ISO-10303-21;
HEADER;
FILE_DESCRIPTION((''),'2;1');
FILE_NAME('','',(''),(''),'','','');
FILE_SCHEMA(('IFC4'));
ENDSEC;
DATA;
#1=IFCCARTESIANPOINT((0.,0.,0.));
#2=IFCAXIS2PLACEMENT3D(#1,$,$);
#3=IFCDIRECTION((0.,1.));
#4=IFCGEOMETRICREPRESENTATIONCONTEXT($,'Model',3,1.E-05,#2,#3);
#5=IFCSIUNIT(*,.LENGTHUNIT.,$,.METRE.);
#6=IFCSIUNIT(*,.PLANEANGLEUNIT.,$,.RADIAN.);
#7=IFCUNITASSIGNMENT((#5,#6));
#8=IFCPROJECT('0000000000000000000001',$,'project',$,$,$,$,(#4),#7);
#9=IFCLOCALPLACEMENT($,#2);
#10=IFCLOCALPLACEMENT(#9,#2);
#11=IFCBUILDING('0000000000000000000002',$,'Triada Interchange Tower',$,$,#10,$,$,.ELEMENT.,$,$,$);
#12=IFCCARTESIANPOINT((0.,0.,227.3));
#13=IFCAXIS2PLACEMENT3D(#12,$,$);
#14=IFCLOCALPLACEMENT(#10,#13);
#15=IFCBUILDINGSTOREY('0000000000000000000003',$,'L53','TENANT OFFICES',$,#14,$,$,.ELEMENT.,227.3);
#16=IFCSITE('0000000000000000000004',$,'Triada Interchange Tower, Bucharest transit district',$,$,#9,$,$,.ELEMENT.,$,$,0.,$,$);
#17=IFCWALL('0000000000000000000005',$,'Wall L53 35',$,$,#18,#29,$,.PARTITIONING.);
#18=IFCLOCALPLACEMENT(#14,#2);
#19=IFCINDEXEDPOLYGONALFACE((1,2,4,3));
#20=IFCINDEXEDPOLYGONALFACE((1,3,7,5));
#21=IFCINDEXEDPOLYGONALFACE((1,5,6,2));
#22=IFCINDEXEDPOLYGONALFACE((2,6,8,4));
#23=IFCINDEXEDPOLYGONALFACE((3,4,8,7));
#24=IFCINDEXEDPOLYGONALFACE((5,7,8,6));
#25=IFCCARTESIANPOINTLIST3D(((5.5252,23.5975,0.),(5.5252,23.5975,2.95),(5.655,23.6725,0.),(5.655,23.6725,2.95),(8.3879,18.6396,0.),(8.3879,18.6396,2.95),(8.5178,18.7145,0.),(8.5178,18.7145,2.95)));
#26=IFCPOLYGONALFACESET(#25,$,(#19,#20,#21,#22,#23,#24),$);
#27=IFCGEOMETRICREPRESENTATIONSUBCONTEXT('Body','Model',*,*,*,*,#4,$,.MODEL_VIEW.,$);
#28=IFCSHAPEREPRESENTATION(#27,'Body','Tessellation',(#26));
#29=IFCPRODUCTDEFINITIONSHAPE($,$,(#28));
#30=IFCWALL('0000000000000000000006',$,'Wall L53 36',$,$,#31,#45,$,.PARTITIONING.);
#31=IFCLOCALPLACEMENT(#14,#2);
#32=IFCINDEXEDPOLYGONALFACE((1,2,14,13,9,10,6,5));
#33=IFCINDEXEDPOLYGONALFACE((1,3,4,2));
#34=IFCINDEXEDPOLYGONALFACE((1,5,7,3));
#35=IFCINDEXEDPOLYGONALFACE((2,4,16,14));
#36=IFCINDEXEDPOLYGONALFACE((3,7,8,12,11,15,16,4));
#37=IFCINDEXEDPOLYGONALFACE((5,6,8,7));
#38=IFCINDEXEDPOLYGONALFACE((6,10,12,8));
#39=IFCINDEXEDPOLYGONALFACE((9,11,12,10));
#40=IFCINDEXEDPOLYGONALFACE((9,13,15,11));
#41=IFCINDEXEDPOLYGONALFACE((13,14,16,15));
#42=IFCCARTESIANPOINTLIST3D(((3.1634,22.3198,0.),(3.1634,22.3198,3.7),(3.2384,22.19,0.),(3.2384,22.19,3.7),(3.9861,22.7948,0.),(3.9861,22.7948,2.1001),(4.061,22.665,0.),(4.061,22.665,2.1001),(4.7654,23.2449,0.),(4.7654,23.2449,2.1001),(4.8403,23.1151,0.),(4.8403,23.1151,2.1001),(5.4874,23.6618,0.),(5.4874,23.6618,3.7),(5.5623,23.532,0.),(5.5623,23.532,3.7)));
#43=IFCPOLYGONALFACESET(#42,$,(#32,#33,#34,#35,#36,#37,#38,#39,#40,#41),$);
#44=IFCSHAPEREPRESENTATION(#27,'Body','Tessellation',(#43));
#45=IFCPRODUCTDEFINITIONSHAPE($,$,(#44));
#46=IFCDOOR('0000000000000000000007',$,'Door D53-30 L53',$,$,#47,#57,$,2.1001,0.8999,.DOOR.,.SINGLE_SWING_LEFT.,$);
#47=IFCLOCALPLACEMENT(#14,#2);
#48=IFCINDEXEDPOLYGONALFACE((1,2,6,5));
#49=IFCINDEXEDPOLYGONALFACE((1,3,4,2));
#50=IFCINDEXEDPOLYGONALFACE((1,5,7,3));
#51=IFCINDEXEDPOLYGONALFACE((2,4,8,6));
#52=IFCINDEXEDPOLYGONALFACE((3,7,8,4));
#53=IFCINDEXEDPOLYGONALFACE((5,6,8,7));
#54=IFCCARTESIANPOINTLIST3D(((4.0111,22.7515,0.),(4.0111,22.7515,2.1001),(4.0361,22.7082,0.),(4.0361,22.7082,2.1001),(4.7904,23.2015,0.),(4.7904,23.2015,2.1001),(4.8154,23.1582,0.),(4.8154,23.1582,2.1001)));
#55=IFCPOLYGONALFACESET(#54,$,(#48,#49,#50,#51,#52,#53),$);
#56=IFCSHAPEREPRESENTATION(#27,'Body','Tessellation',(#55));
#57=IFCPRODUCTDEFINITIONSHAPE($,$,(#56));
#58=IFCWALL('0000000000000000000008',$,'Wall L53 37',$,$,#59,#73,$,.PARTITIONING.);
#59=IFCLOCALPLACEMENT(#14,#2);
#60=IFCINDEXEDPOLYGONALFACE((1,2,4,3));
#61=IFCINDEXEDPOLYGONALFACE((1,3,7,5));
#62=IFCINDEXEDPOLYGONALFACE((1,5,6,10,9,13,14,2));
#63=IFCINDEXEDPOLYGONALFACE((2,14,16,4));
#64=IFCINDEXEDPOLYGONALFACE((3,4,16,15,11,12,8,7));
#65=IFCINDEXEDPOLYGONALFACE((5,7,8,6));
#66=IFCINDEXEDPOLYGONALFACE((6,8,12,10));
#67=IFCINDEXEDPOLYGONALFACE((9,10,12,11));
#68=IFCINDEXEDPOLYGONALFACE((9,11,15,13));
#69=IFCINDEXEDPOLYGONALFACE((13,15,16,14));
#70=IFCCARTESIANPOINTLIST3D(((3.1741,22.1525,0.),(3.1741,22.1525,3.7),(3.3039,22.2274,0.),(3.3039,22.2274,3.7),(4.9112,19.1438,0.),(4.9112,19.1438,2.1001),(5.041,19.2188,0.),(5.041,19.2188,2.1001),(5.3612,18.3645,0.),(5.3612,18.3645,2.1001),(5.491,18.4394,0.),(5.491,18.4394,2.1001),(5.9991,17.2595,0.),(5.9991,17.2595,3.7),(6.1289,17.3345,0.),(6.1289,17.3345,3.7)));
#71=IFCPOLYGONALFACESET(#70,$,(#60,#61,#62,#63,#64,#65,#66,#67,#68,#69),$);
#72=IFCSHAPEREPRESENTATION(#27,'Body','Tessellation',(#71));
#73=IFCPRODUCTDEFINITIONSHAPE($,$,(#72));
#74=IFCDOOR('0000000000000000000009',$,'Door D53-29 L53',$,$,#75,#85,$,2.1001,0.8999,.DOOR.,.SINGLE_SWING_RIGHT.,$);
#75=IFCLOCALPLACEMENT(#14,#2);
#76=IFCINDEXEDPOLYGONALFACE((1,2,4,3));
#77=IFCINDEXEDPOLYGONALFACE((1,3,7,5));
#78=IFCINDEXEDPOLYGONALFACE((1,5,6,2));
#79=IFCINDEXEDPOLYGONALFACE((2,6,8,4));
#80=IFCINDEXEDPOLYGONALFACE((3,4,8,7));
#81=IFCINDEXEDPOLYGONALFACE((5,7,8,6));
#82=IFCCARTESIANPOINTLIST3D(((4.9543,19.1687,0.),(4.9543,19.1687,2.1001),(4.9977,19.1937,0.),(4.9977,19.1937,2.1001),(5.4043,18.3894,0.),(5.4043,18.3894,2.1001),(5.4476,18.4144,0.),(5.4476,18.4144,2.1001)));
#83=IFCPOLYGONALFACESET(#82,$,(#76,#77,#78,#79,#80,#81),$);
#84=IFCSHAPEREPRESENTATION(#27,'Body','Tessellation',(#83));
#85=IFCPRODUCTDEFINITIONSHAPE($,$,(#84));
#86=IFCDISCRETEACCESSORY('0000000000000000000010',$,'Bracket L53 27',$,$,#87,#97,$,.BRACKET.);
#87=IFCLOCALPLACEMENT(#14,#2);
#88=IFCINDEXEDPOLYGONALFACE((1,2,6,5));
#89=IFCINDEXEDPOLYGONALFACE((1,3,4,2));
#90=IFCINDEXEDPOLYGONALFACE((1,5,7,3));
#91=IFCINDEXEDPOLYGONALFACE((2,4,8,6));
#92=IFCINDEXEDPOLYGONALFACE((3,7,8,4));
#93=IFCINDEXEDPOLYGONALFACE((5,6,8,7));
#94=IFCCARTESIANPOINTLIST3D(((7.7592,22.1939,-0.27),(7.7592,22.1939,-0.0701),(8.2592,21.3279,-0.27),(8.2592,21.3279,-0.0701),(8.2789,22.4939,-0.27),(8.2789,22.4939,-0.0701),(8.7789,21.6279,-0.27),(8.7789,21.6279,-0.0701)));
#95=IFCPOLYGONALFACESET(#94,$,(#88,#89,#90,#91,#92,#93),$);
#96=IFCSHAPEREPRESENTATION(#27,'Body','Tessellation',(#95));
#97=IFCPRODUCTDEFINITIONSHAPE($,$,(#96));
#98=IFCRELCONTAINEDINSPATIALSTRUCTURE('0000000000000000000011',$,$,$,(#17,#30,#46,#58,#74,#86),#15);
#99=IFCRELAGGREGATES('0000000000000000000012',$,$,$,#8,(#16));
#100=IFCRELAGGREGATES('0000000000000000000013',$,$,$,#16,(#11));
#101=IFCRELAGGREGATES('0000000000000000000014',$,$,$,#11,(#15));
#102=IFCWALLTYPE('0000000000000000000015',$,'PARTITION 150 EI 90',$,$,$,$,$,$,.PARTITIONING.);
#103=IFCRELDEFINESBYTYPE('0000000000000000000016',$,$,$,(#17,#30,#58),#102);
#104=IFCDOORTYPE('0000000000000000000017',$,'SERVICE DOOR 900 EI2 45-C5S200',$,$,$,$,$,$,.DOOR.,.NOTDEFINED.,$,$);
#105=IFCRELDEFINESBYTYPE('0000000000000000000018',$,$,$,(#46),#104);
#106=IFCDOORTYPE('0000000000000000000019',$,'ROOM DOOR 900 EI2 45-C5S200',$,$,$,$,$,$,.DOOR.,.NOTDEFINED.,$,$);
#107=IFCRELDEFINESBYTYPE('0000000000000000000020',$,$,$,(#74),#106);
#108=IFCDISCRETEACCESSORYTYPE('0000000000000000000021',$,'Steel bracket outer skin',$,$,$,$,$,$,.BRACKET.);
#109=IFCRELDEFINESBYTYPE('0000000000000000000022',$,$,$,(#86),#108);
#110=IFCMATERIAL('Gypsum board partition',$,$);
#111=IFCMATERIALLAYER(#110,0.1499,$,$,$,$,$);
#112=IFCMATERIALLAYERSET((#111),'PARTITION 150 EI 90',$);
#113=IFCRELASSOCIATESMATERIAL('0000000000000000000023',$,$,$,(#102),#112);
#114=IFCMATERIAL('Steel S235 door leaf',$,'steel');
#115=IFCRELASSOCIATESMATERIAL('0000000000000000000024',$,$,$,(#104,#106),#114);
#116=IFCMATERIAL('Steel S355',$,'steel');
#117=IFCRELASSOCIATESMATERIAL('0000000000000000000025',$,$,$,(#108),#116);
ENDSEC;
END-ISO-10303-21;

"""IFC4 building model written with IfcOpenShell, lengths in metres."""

from ifc_helpers import new_model, si_unit, direction, frame, frame_2d, origin, origin_2d, place, context, subcontext, project, spatial, rectangle, extrude, material, layer, layer_set, type_object, element, fill, save


model = new_model("IFC4")

# Units and contexts
model_context = context("Model", 3, precision=1e-05, world=origin(), true_north=direction((0.0, 1.0)))
body_context = subcontext(model_context, "Body", "Model", "MODEL_VIEW")
ifc_project = project(units=[si_unit("LENGTHUNIT", "METRE"), si_unit("PLANEANGLEUNIT", "RADIAN")], contexts=[model_context])

# Site, building, storey
site_placement = place(None, origin())
site = spatial("IfcSite", under=ifc_project, at=site_placement, Name="Triada Interchange Tower, Bucharest transit district", CompositionType="ELEMENT", RefElevation=0.0)
building_placement = place(site_placement, origin())
building = spatial("IfcBuilding", under=site, at=building_placement, Name="Triada Interchange Tower", CompositionType="ELEMENT")
storey_placement = place(building_placement, frame((0.0, 0.0, 227.3)))
storey = spatial("IfcBuildingStorey", under=building, at=storey_placement, Name="L53", Description="TENANT OFFICES", CompositionType="ELEMENT", Elevation=227.3)

# Shared definitions
ifc_material_1 = material(Name="Gypsum board partition")
ifc_material_2 = material(Name="Steel S235 door leaf", Category="steel")

# Wall
ifc_layer_1 = layer(ifc_material_1, 0.1499)
ifc_layer_set_1 = layer_set([ifc_layer_1], Name="PARTITION 150 EI 90")
wall_type_1 = type_object("IfcWallType", Name="PARTITION 150 EI 90", PredefinedType="PARTITIONING", material=ifc_layer_set_1)
wall_1_placement = place(storey_placement, frame((5.5901, 23.635, 0.0), z_axis=(0.0, 0.0, 1.0), x_axis=(0.500037, -0.866004, 0.0)))
element("IfcWall", 1, at=wall_1_placement, inside=storey, type_object=wall_type_1, Name="Wall L53 35", PredefinedType="PARTITIONING", context=body_context, shape_type="SweptSolid", body=[
    extrude(rectangle(XDim=5.7251, YDim=0.1499, at=frame_2d((2.8625, 0.0))), origin(), (0.0, 0.0, 1.0), 2.95),
])

# Walls, openings, doors
wall_2_placement = place(storey_placement, frame((3.2009, 22.2549, 0.0), z_axis=(0.0, 0.0, 1.0), x_axis=(0.865978, 0.500082, 0.0)))
wall_2 = element("IfcWall", 2, at=wall_2_placement, inside=storey, type_object=wall_type_1, Name="Wall L53 36", PredefinedType="PARTITIONING", context=body_context, shape_type="SweptSolid", body=[
    extrude(rectangle(XDim=2.6836, YDim=0.1499, at=frame_2d((1.3418, 0.0))), origin(), (0.0, 0.0, 1.0), 3.7),
])
opening_1_placement = place(wall_2_placement, frame((0.95, 0.0, 0.0)))
opening_1 = element("IfcOpeningElement", 3, at=opening_1_placement, cuts=wall_2, PredefinedType="OPENING", context=body_context, shape_type="SweptSolid", body=[
    extrude(rectangle(XDim=0.8999, YDim=2.1001, at=frame_2d((0.45, 1.05))), frame((0.0, 0.085, 0.0), z_axis=(0.0, -1.0, 0.0), x_axis=(1.0, 0.0, 0.0)), (0.0, 0.0, 1.0), 0.1699),
])
door_type_1 = type_object("IfcDoorType", Name="SERVICE DOOR 900 EI2 45-C5S200", OperationType="NOTDEFINED", PredefinedType="DOOR", material=ifc_material_2)
door_1_placement = place(opening_1_placement, origin())
door_1 = element("IfcDoor", 4, at=door_1_placement, inside=storey, type_object=door_type_1, Name="Door D53-30 L53", OperationType="SINGLE_SWING_LEFT", OverallHeight=2.1001, OverallWidth=0.8999, PredefinedType="DOOR", context=body_context, shape_type="SweptSolid", body=[
    extrude(rectangle(XDim=0.8999, YDim=2.1001, at=frame_2d((0.45, 1.05))), frame((0.0, 0.0249, 0.0), z_axis=(0.0, -1.0, 0.0), x_axis=(1.0, 0.0, 0.0)), (0.0, 0.0, 1.0), 0.05),
])
fill(opening_1, door_1)
wall_3_placement = place(storey_placement, frame((3.239, 22.1899, 0.0), z_axis=(0.0, 0.0, 1.0), x_axis=(0.50001, -0.866019, 0.0)))
wall_3 = element("IfcWall", 5, at=wall_3_placement, inside=storey, type_object=wall_type_1, Name="Wall L53 37", PredefinedType="PARTITIONING", context=body_context, shape_type="SweptSolid", body=[
    extrude(rectangle(XDim=5.6499, YDim=0.1499, at=frame_2d((2.825, 0.0))), origin(), (0.0, 0.0, 1.0), 3.7),
])
opening_2_placement = place(wall_3_placement, frame((3.4741, 0.0, 0.0)))
opening_2 = element("IfcOpeningElement", 6, at=opening_2_placement, cuts=wall_3, PredefinedType="OPENING", context=body_context, shape_type="SweptSolid", body=[
    extrude(rectangle(XDim=0.8999, YDim=2.1001, at=frame_2d((0.45, 1.05))), frame((0.0, 0.085, 0.0), z_axis=(0.0, -1.0, 0.0), x_axis=(1.0, 0.0, 0.0)), (0.0, 0.0, 1.0), 0.1699),
])
door_type_2 = type_object("IfcDoorType", Name="ROOM DOOR 900 EI2 45-C5S200", OperationType="NOTDEFINED", PredefinedType="DOOR", material=ifc_material_2)
door_2_placement = place(opening_2_placement, origin())
door_2 = element("IfcDoor", 7, at=door_2_placement, inside=storey, type_object=door_type_2, Name="Door D53-29 L53", OperationType="SINGLE_SWING_RIGHT", OverallHeight=2.1001, OverallWidth=0.8999, PredefinedType="DOOR", context=body_context, shape_type="SweptSolid", body=[
    extrude(rectangle(XDim=0.8999, YDim=2.1001, at=frame_2d((0.45, 1.05))), frame((0.0, 0.0249, 0.0), z_axis=(0.0, -1.0, 0.0), x_axis=(1.0, 0.0, 0.0)), (0.0, 0.0, 1.0), 0.05),
])
fill(opening_2, door_2)

# Discrete accessory
ifc_material_3 = material(Name="Steel S355", Category="steel")
discrete_accessory_type = type_object("IfcDiscreteAccessoryType", Name="Steel bracket outer skin", PredefinedType="BRACKET", material=ifc_material_3)
discrete_accessory_placement = place(storey_placement, frame((8.269, 21.9109, -0.27), z_axis=(0.0, 0.0, 1.0), x_axis=(0.866014, 0.500019, 0.0)))
element("IfcDiscreteAccessory", 8, at=discrete_accessory_placement, inside=storey, type_object=discrete_accessory_type, Name="Bracket L53 27", PredefinedType="BRACKET", context=body_context, shape_type="SweptSolid", body=[
    extrude(rectangle(XDim=0.6001, YDim=1.0, at=origin_2d()), origin(), (0.0, 0.0, 1.0), 0.2),
])

save(model, "model.ifc")
